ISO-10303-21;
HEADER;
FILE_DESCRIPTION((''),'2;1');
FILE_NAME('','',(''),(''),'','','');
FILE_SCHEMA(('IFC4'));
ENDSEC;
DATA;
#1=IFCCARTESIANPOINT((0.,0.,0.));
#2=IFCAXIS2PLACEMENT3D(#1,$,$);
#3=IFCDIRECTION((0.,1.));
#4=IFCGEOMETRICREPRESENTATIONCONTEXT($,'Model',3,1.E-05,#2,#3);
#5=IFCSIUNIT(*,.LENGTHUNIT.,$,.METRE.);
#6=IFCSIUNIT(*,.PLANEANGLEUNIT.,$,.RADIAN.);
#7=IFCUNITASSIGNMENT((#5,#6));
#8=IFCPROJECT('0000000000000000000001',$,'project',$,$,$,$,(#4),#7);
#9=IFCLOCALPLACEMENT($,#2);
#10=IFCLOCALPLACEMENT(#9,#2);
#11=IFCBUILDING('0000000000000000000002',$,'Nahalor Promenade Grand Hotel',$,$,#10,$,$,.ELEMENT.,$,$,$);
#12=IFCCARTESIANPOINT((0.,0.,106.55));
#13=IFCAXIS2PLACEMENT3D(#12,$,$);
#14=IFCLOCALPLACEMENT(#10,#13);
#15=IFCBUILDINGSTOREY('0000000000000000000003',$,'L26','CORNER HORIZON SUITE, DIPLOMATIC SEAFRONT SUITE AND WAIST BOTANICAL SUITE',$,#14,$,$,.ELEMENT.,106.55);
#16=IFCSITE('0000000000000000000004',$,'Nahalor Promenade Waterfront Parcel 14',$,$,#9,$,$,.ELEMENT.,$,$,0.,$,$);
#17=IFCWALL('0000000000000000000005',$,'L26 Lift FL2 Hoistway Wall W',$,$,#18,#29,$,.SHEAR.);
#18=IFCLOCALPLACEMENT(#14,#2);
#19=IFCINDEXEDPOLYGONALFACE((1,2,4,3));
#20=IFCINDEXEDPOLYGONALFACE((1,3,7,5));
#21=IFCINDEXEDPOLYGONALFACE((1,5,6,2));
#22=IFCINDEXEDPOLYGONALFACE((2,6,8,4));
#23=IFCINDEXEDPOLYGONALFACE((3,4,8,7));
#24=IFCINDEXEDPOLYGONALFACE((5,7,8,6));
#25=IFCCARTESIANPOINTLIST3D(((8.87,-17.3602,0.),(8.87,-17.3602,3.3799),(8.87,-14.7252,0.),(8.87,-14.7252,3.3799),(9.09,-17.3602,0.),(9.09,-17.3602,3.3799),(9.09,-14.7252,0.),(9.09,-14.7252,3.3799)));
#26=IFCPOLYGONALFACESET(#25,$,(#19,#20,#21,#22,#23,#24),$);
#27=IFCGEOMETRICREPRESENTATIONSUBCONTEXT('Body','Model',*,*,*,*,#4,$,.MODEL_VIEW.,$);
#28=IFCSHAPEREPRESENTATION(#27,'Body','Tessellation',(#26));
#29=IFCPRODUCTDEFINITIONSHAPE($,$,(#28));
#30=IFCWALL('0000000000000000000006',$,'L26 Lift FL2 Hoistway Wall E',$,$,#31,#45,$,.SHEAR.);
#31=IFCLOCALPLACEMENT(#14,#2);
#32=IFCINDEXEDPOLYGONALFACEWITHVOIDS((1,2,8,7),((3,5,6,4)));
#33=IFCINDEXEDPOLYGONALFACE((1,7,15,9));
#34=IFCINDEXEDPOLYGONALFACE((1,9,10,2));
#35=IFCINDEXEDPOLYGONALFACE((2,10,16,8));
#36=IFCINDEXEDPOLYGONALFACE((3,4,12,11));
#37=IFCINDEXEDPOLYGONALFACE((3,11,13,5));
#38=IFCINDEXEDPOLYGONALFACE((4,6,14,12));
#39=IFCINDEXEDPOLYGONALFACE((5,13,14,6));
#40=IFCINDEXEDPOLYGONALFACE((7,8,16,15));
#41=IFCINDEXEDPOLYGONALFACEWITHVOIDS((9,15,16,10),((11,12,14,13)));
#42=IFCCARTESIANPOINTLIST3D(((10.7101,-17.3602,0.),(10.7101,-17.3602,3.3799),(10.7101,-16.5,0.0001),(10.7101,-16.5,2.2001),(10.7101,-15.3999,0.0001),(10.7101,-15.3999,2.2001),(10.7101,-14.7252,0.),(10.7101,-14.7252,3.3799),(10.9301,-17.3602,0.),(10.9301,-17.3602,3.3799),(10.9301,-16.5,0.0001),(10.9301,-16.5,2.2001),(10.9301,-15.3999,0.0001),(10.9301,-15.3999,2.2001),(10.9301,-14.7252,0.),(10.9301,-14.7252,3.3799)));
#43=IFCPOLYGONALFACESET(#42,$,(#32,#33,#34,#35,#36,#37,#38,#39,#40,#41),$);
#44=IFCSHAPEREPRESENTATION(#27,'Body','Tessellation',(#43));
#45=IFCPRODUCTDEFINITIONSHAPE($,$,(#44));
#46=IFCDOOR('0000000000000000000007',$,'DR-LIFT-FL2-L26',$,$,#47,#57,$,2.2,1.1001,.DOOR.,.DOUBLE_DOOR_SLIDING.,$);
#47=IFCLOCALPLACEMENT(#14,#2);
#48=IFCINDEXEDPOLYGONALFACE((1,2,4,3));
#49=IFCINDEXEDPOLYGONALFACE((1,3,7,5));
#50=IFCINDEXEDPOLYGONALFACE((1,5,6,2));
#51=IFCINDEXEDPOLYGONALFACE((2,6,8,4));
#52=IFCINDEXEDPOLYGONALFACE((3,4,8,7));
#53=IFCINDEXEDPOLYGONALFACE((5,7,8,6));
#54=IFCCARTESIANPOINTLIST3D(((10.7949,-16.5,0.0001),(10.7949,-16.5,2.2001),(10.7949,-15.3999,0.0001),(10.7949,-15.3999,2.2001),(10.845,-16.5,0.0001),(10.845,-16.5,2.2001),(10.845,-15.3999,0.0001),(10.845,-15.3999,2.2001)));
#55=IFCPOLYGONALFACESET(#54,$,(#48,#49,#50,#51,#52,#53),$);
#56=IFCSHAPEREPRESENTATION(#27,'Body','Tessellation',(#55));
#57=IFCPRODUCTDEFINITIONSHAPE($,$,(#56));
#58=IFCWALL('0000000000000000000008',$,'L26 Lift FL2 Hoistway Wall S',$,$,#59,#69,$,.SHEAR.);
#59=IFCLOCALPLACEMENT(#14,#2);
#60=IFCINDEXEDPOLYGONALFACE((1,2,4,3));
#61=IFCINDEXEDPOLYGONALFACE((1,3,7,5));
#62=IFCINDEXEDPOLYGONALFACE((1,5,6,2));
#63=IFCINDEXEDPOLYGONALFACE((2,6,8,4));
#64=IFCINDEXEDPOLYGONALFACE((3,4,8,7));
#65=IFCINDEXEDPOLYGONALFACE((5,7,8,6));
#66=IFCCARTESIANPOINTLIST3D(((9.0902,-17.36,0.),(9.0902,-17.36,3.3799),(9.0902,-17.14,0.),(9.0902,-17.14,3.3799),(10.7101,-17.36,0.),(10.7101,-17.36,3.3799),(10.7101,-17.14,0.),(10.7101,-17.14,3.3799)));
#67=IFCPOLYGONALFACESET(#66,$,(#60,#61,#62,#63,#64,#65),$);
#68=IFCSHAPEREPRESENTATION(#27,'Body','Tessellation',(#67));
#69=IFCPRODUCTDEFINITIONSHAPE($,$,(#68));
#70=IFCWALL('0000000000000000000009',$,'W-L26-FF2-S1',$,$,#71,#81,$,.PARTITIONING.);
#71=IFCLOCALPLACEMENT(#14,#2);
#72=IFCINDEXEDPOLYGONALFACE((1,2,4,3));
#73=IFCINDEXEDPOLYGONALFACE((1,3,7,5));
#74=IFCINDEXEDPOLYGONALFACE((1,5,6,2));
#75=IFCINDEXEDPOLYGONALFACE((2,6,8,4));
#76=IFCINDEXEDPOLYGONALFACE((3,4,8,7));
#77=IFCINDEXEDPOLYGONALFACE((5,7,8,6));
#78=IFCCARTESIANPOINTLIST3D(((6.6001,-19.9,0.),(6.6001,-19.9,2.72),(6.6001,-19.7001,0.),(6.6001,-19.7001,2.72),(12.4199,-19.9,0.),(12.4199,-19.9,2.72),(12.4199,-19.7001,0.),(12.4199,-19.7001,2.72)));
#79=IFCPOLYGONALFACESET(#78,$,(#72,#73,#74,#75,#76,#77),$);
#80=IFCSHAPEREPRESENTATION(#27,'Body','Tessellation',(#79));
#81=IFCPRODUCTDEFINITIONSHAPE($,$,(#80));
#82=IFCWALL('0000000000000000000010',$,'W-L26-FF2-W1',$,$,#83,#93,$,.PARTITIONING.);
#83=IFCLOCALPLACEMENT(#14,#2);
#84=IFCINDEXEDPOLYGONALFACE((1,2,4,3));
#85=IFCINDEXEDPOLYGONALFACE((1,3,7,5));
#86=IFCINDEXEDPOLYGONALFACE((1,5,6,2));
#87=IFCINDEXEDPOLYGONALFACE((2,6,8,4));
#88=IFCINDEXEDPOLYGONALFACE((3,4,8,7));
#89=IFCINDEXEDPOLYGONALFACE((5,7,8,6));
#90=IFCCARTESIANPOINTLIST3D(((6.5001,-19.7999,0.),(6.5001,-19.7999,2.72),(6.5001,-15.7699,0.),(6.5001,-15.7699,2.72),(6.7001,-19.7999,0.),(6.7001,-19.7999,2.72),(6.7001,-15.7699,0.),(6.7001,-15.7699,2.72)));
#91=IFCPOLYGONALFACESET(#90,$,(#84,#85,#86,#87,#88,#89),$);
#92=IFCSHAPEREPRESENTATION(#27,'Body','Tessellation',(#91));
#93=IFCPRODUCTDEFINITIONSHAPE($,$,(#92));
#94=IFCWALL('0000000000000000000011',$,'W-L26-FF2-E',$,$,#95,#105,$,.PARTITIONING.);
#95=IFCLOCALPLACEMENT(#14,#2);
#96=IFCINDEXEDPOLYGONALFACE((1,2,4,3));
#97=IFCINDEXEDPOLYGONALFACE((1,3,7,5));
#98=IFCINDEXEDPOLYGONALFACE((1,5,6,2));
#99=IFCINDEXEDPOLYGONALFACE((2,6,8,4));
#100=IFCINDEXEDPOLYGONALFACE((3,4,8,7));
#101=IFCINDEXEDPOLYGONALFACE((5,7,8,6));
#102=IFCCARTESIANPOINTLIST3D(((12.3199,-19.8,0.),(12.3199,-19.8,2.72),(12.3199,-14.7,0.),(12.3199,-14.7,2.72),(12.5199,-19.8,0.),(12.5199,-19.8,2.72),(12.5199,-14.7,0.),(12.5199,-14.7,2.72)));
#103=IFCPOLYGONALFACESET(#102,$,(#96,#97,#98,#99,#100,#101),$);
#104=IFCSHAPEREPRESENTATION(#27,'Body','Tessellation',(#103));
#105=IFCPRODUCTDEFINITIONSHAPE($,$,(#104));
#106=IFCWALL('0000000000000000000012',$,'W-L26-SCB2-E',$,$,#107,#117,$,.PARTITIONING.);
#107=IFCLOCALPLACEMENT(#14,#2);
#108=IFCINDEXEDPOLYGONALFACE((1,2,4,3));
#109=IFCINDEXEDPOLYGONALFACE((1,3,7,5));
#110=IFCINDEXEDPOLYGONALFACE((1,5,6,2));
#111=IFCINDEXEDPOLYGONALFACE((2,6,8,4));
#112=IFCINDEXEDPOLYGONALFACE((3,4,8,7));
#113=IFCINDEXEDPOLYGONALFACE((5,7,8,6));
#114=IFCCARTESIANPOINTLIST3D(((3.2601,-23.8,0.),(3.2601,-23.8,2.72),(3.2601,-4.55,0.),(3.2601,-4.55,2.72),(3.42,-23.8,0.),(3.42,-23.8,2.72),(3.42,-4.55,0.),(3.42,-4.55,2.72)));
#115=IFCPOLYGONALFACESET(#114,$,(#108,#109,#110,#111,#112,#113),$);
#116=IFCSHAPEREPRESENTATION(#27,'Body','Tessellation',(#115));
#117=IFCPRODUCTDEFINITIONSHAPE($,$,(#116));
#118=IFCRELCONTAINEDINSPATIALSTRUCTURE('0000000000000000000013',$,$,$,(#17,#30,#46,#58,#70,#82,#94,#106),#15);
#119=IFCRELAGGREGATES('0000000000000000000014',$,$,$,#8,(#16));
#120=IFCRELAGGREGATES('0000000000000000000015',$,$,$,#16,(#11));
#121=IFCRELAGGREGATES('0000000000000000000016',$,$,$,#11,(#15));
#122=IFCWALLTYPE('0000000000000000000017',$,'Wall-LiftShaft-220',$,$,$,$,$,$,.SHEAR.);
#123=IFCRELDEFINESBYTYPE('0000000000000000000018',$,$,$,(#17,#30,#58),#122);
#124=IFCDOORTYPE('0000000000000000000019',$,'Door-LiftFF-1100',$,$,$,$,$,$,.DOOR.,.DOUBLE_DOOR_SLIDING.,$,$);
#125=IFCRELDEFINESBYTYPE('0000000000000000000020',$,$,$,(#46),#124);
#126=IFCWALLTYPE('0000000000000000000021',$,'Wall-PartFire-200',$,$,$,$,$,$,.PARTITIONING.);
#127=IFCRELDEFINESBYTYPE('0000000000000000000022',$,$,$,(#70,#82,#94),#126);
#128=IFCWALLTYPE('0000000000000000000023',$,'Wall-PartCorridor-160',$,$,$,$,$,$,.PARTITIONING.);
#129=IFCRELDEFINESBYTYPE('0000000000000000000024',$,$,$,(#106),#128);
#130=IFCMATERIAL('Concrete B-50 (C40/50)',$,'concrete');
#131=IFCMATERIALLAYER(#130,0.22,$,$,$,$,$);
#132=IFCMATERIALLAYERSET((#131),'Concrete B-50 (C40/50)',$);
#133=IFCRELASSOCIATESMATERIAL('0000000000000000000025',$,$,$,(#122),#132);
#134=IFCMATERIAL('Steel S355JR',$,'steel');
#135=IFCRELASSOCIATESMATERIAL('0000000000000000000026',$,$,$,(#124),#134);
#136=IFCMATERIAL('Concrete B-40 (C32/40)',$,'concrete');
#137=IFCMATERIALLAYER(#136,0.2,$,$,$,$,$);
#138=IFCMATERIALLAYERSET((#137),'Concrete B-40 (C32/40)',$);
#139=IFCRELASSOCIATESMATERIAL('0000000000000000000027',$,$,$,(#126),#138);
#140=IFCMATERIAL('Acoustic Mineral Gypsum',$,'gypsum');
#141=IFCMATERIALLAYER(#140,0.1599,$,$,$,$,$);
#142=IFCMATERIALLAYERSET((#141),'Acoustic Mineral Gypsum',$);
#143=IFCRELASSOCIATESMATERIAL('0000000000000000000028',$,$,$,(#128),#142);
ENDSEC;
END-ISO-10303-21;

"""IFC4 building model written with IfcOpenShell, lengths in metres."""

from ifc_helpers import new_model, si_unit, direction, frame, frame_2d, origin, place, context, subcontext, project, spatial, rectangle, extrude, source, transform, mapped, material, layer, layer_set, type_object, element, fill, save


model = new_model("IFC4")

# Units and contexts
model_context = context("Model", 3, precision=1e-05, world=origin(), true_north=direction((0.0, 1.0)))
body_context = subcontext(model_context, "Body", "Model", "MODEL_VIEW")
ifc_project = project(units=[si_unit("LENGTHUNIT", "METRE"), si_unit("PLANEANGLEUNIT", "RADIAN")], contexts=[model_context])

# Site, building, storey
site_placement = place(None, origin())
site = spatial("IfcSite", under=ifc_project, at=site_placement, Name="Nahalor Promenade Waterfront Parcel 14", CompositionType="ELEMENT", RefElevation=0.0)
building_placement = place(site_placement, origin())
building = spatial("IfcBuilding", under=site, at=building_placement, Name="Nahalor Promenade Grand Hotel", CompositionType="ELEMENT")
storey_placement = place(building_placement, frame((0.0, 0.0, 106.55)))
storey = spatial("IfcBuildingStorey", under=building, at=storey_placement, Name="L26", Description="CORNER HORIZON SUITE, DIPLOMATIC SEAFRONT SUITE AND WAIST BOTANICAL SUITE", CompositionType="ELEMENT", Elevation=106.55)

# Shared definitions
ifc_material_1 = material(Name="Steel S355JR", Category="steel")

# Shared definitions
ifc_material_2 = material(Name="Concrete B-50 (C40/50)", Category="concrete")

# Wall
ifc_layer_1 = layer(ifc_material_2, 0.22)
ifc_layer_set_1 = layer_set([ifc_layer_1], Name="Concrete B-50 (C40/50)")
wall_type_1 = type_object("IfcWallType", Name="Wall-LiftShaft-220", PredefinedType="SHEAR", material=ifc_layer_set_1)
shared_shape_1 = source(origin(), body_context, "Body", "SweptSolid", [
    extrude(rectangle(XDim=2.635, YDim=0.22, at=frame_2d((1.3174, 0.0))), origin(), (0.0, 0.0, 1.0), 3.3799),
])
wall_1_placement = place(storey_placement, frame((8.98, -17.3601, 0.0), z_axis=(0.0, 0.0, 1.0), x_axis=(0.0, 1.0, 0.0)))
element("IfcWall", 1, at=wall_1_placement, inside=storey, type_object=wall_type_1, Name="L26 Lift FL2 Hoistway Wall W", PredefinedType="SHEAR", context=body_context, shape_type="MappedRepresentation", body=[
    mapped(shared_shape_1, transform((0.0, 0.0, 0.0), scale=1.0)),
])

# Wall, opening, door
wall_2_placement = place(storey_placement, frame((10.8201, -17.3601, 0.0), z_axis=(0.0, 0.0, 1.0), x_axis=(0.0, 1.0, 0.0)))
wall_2 = element("IfcWall", 2, at=wall_2_placement, inside=storey, type_object=wall_type_1, Name="L26 Lift FL2 Hoistway Wall E", PredefinedType="SHEAR", context=body_context, shape_type="MappedRepresentation", body=[
    mapped(shared_shape_1, transform((0.0, 0.0, 0.0), scale=1.0)),
])
opening_1_placement = place(wall_2_placement, frame((0.8601, 0.0, 0.0)))
opening_1 = element("IfcOpeningElement", 3, at=opening_1_placement, cuts=wall_2, PredefinedType="OPENING", context=body_context, shape_type="SweptSolid", body=[
    extrude(rectangle(XDim=1.1001, YDim=2.2, at=frame_2d((0.55, 1.1001))), frame((0.0, 0.1199, 0.0), z_axis=(0.0, -1.0, 0.0), x_axis=(1.0, 0.0, 0.0)), (0.0, 0.0, 1.0), 0.24),
])
door_type_1 = type_object("IfcDoorType", Name="Door-LiftFF-1100", OperationType="DOUBLE_DOOR_SLIDING", PredefinedType="DOOR", material=ifc_material_1)
shared_shape_2 = source(origin(), body_context, "Body", "SweptSolid", [
    extrude(rectangle(XDim=1.1001, YDim=2.2, at=frame_2d((0.55, 1.1001))), frame((0.0, 0.0249, 0.0), z_axis=(0.0, -1.0, 0.0), x_axis=(1.0, 0.0, 0.0)), (0.0, 0.0, 1.0), 0.05),
])
door_1_placement = place(opening_1_placement, frame((1.1001, 0.0, 0.0), z_axis=(0.0, 0.0, 1.0), x_axis=(-1.0, 0.0, 0.0)))
door_1 = element("IfcDoor", 4, at=door_1_placement, inside=storey, type_object=door_type_1, Name="DR-LIFT-FL2-L26", OperationType="DOUBLE_DOOR_SLIDING", OverallHeight=2.2, OverallWidth=1.1001, PredefinedType="DOOR", context=body_context, shape_type="MappedRepresentation", body=[
    mapped(shared_shape_2, transform((0.0, 0.0, 0.0), scale=1.0)),
])
fill(opening_1, door_1)

# Walls
shared_shape_3 = source(origin(), body_context, "Body", "SweptSolid", [
    extrude(rectangle(XDim=1.6199, YDim=0.22, at=frame_2d((0.8101, 0.0))), origin(), (0.0, 0.0, 1.0), 3.3799),
])
wall_3_placement = place(storey_placement, frame((9.0901, -17.25, 0.0), z_axis=(0.0, 0.0, 1.0), x_axis=(1.0, 0.0, 0.0)))
element("IfcWall", 5, at=wall_3_placement, inside=storey, type_object=wall_type_1, Name="L26 Lift FL2 Hoistway Wall S", PredefinedType="SHEAR", context=body_context, shape_type="MappedRepresentation", body=[
    mapped(shared_shape_3, transform((0.0, 0.0, 0.0), scale=1.0)),
])
ifc_material_3 = material(Name="Concrete B-40 (C32/40)", Category="concrete")
ifc_layer_2 = layer(ifc_material_3, 0.2)
ifc_layer_set_2 = layer_set([ifc_layer_2], Name="Concrete B-40 (C32/40)")
wall_type_2 = type_object("IfcWallType", Name="Wall-PartFire-200", PredefinedType="PARTITIONING", material=ifc_layer_set_2)
shared_shape_4 = source(origin(), body_context, "Body", "SweptSolid", [
    extrude(rectangle(XDim=5.8198, YDim=0.2, at=frame_2d((2.9099, 0.0))), origin(), (0.0, 0.0, 1.0), 2.72),
])
wall_4_placement = place(storey_placement, frame((6.6001, -19.8, 0.0), z_axis=(0.0, 0.0, 1.0), x_axis=(1.0, 0.0, 0.0)))
element("IfcWall", 6, at=wall_4_placement, inside=storey, type_object=wall_type_2, Name="W-L26-FF2-S1", PredefinedType="PARTITIONING", context=body_context, shape_type="MappedRepresentation", body=[
    mapped(shared_shape_4, transform((0.0, 0.0, 0.0), scale=1.0)),
])
shared_shape_5 = source(origin(), body_context, "Body", "SweptSolid", [
    extrude(rectangle(XDim=4.03, YDim=0.2, at=frame_2d((2.0151, 0.0))), origin(), (0.0, 0.0, 1.0), 2.72),
])
wall_5_placement = place(storey_placement, frame((6.6001, -19.8, 0.0), z_axis=(0.0, 0.0, 1.0), x_axis=(0.0, 1.0, 0.0)))
element("IfcWall", 7, at=wall_5_placement, inside=storey, type_object=wall_type_2, Name="W-L26-FF2-W1", PredefinedType="PARTITIONING", context=body_context, shape_type="MappedRepresentation", body=[
    mapped(shared_shape_5, transform((0.0, 0.0, 0.0), scale=1.0)),
])
shared_shape_6 = source(origin(), body_context, "Body", "SweptSolid", [
    extrude(rectangle(XDim=5.1001, YDim=0.2, at=frame_2d((2.55, 0.0))), origin(), (0.0, 0.0, 1.0), 2.72),
])
wall_6_placement = place(storey_placement, frame((12.4199, -19.8, 0.0), z_axis=(0.0, 0.0, 1.0), x_axis=(0.0, 1.0, 0.0)))
element("IfcWall", 8, at=wall_6_placement, inside=storey, type_object=wall_type_2, Name="W-L26-FF2-E", PredefinedType="PARTITIONING", context=body_context, shape_type="MappedRepresentation", body=[
    mapped(shared_shape_6, transform((0.0, 0.0, 0.0), scale=1.0)),
])

# Wall
ifc_material_4 = material(Name="Acoustic Mineral Gypsum", Category="gypsum")
ifc_layer_3 = layer(ifc_material_4, 0.1599)
ifc_layer_set_3 = layer_set([ifc_layer_3], Name="Acoustic Mineral Gypsum")
wall_type_3 = type_object("IfcWallType", Name="Wall-PartCorridor-160", PredefinedType="PARTITIONING", material=ifc_layer_set_3)
shared_shape_7 = source(origin(), body_context, "Body", "SweptSolid", [
    extrude(rectangle(XDim=19.25, YDim=0.1599, at=frame_2d((9.625, 0.0))), origin(), (0.0, 0.0, 1.0), 2.72),
])
wall_7_placement = place(storey_placement, frame((3.3401, -23.8, 0.0), z_axis=(0.0, 0.0, 1.0), x_axis=(0.0, 1.0, 0.0)))
element("IfcWall", 9, at=wall_7_placement, inside=storey, type_object=wall_type_3, Name="W-L26-SCB2-E", PredefinedType="PARTITIONING", context=body_context, shape_type="MappedRepresentation", body=[
    mapped(shared_shape_7, transform((0.0, 0.0, 0.0), scale=1.0)),
])

save(model, "model.ifc")
